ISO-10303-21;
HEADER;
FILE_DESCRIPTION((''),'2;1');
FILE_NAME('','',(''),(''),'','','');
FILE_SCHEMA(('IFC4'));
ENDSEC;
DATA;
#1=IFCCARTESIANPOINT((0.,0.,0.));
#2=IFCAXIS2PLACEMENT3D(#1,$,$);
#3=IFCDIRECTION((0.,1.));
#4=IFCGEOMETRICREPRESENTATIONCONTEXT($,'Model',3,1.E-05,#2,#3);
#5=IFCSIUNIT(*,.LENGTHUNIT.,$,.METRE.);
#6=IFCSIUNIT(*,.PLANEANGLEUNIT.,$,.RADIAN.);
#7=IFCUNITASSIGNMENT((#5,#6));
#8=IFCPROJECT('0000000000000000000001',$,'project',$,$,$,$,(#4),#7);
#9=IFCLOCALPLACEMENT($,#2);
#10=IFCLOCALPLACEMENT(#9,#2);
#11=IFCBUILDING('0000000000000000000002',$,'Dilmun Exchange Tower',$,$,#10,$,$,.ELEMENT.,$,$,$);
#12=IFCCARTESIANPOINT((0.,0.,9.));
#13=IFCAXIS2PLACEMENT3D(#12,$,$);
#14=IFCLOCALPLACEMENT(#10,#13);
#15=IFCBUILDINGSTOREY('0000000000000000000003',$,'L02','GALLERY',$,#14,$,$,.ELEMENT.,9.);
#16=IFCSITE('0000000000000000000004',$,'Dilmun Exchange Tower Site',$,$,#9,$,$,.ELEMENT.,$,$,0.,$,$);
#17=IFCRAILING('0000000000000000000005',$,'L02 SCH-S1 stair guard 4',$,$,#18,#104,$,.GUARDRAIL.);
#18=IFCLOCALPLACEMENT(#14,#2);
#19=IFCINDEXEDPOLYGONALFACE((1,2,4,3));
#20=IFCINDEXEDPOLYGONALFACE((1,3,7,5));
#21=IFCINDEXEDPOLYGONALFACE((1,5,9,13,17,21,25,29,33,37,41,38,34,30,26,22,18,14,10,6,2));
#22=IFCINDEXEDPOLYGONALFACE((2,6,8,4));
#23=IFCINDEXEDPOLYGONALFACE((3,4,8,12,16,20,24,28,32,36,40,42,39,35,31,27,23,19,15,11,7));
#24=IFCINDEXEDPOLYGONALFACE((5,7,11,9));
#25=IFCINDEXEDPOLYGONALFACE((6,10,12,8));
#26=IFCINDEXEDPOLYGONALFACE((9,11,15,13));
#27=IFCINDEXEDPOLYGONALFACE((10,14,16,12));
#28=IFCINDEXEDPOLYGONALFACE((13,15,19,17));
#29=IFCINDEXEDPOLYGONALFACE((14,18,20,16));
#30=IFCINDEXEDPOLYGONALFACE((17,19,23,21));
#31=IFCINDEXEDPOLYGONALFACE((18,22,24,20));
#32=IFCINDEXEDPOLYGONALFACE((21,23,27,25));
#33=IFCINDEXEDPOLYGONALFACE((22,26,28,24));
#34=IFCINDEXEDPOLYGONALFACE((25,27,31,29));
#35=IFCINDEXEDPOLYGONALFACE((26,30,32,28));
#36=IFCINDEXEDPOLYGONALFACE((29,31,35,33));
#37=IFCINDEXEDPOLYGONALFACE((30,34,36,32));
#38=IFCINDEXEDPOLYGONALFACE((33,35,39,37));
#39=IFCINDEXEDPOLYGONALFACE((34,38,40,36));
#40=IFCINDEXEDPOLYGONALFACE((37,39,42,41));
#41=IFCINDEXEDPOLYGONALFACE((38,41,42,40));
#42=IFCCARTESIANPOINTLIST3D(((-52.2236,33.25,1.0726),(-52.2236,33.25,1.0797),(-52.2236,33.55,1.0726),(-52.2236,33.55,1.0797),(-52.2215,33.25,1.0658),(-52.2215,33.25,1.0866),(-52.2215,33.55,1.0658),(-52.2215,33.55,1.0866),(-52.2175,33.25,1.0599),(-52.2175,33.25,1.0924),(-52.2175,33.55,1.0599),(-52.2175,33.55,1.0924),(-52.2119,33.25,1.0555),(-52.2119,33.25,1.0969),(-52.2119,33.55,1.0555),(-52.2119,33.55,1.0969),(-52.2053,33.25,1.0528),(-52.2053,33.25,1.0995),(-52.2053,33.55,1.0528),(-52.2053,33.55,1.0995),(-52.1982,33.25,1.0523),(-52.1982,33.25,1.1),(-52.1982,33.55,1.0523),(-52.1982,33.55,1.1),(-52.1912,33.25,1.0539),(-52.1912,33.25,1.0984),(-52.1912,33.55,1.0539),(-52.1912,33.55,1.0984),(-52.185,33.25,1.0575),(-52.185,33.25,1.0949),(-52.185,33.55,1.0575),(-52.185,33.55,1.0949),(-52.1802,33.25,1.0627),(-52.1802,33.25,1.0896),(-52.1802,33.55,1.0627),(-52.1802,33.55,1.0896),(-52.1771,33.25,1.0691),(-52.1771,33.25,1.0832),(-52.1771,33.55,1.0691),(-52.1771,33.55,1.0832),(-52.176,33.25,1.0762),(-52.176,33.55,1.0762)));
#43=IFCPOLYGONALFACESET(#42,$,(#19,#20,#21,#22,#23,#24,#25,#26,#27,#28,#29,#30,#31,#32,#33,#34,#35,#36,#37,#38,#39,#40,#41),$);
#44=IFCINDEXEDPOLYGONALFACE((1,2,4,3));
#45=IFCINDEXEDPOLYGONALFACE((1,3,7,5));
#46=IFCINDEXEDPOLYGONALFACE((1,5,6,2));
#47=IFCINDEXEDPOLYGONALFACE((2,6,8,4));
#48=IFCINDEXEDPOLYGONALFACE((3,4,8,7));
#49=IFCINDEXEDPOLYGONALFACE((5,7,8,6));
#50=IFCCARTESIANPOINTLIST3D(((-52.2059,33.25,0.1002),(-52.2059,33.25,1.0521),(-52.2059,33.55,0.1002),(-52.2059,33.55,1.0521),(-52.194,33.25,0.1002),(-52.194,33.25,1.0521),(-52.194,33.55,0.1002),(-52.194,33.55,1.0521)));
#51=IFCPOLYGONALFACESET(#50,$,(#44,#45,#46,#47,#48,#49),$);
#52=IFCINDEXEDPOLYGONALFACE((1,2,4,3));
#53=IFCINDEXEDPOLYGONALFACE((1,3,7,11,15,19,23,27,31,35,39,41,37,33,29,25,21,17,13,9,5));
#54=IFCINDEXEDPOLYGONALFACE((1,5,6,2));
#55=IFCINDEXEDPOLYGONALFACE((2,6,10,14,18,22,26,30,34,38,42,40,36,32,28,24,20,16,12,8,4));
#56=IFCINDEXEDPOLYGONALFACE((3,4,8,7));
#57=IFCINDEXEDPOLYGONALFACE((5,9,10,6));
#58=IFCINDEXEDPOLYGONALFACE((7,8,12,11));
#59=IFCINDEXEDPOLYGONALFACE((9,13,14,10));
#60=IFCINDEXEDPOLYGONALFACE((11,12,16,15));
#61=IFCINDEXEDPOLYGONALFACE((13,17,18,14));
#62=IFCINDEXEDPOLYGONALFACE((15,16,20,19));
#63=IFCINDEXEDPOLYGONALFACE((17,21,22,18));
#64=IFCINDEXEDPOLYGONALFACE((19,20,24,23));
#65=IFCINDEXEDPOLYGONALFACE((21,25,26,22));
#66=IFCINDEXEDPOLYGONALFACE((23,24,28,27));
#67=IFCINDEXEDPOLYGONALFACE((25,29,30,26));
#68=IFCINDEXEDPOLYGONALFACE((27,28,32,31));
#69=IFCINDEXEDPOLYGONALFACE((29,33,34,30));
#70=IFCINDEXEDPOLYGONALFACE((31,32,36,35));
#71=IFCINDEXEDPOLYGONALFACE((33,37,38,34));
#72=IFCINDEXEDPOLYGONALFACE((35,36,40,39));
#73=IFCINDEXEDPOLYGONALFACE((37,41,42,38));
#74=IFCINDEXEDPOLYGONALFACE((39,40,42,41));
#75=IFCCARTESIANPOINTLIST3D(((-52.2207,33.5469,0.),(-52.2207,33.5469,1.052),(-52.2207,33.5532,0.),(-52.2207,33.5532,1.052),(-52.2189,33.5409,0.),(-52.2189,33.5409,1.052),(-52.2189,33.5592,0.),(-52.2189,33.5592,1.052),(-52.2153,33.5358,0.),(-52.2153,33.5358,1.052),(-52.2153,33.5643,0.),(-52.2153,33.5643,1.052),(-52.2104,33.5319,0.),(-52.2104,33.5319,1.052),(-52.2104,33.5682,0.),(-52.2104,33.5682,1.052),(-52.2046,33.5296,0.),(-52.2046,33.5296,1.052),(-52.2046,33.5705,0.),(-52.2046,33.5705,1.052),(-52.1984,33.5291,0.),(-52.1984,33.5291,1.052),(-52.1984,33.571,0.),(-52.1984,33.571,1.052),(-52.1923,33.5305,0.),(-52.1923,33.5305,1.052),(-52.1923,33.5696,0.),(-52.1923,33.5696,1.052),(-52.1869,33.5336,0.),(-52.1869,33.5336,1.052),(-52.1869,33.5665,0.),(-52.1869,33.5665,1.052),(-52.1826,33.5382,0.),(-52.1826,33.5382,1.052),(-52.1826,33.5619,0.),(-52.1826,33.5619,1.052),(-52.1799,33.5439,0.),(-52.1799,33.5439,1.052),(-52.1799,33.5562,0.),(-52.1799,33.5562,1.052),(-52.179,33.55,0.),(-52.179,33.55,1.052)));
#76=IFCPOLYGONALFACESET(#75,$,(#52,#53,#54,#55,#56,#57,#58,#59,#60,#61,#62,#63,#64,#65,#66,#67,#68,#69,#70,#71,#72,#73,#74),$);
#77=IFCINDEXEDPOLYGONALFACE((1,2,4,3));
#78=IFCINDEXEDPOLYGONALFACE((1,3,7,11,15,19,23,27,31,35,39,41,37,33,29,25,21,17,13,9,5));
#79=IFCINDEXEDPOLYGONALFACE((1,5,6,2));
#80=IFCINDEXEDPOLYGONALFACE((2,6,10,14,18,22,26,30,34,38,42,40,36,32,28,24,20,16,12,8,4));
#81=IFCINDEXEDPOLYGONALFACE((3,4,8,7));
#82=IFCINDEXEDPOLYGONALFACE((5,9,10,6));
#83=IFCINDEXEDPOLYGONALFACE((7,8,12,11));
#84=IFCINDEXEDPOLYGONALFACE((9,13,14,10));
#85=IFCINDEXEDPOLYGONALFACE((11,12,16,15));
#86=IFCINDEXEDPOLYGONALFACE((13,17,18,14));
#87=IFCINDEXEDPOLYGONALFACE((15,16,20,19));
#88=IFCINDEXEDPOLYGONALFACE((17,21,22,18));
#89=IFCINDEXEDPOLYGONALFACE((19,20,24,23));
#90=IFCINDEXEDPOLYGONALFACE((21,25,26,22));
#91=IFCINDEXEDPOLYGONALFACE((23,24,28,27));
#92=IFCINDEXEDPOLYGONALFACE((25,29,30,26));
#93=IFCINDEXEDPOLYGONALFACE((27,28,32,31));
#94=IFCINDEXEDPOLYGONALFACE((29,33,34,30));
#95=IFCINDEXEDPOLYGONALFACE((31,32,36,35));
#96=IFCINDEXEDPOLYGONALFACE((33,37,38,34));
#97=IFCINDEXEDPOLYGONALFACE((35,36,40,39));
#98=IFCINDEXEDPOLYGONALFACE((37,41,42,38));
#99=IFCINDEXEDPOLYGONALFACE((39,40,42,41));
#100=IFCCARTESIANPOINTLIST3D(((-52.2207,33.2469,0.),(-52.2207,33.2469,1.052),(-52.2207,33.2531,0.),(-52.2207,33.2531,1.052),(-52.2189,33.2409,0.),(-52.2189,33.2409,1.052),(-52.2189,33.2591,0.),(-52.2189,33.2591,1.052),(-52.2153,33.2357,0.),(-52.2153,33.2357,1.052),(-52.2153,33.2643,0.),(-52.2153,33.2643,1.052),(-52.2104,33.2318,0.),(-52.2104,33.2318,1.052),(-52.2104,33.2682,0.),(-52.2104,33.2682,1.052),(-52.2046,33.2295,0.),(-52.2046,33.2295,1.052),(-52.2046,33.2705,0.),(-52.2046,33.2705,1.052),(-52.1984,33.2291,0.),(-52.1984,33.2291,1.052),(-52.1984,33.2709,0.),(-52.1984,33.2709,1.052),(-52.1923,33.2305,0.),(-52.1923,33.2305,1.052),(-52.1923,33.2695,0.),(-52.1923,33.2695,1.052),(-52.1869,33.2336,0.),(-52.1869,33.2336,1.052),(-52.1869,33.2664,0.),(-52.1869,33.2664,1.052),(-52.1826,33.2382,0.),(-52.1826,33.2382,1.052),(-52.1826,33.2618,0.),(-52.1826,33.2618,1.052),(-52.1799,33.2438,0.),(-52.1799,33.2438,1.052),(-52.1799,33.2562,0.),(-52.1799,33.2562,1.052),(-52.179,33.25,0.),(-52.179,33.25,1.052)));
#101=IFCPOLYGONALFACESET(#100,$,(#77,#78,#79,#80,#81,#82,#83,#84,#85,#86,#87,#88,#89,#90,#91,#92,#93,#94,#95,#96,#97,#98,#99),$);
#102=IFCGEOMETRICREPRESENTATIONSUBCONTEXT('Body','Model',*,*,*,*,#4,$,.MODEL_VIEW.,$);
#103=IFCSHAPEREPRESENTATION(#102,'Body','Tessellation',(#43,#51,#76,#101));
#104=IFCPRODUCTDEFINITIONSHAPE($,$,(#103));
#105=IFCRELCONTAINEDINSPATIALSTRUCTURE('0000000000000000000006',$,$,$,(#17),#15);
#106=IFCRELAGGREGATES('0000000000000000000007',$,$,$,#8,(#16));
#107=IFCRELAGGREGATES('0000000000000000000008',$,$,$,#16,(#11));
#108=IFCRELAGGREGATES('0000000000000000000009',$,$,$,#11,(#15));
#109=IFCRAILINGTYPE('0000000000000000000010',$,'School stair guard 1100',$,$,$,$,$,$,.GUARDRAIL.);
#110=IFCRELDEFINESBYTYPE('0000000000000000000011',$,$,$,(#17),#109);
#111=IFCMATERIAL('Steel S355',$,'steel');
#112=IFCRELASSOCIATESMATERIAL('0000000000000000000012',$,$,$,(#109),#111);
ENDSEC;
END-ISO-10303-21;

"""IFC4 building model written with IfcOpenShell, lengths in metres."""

from ifc_helpers import new_model, si_unit, direction, frame, origin, origin_2d, place, context, subcontext, project, spatial, rectangle, circle, extrude, material, type_object, element, save


model = new_model("IFC4")

# Units and contexts
model_context = context("Model", 3, precision=1e-05, world=origin(), true_north=direction((0.0, 1.0)))
body_context = subcontext(model_context, "Body", "Model", "MODEL_VIEW")
ifc_project = project(units=[si_unit("LENGTHUNIT", "METRE"), si_unit("PLANEANGLEUNIT", "RADIAN")], contexts=[model_context])

# Site, building, storey
site_placement = place(None, origin())
site = spatial("IfcSite", under=ifc_project, at=site_placement, Name="Dilmun Exchange Tower Site", CompositionType="ELEMENT", RefElevation=0.0)
building_placement = place(site_placement, origin())
building = spatial("IfcBuilding", under=site, at=building_placement, Name="Dilmun Exchange Tower", CompositionType="ELEMENT")
storey_placement = place(building_placement, frame((0.0, 0.0, 9.0)))
storey = spatial("IfcBuildingStorey", under=building, at=storey_placement, Name="L02", Description="GALLERY", CompositionType="ELEMENT", Elevation=9.0)

# Railing
ifc_material_1 = material(Name="Steel S355", Category="steel")
railing_type_1 = type_object("IfcRailingType", Name="School stair guard 1100", PredefinedType="GUARDRAIL", material=ifc_material_1)
railing_1_placement = place(storey_placement, frame((-52.2, 33.55, 0.0)))
element("IfcRailing", 1, at=railing_1_placement, inside=storey, type_object=railing_type_1, Name="L02 SCH-S1 stair guard 4", PredefinedType="GUARDRAIL", context=body_context, shape_type="SweptSolid", body=[
    extrude(circle(Radius=0.0239, at=origin_2d()), frame((0.0, 0.0, 1.0762), z_axis=(0.0, -1.0, 0.0), x_axis=(1.0, 0.0, 0.0)), (0.0, 0.0, 1.0), 0.3),
    extrude(rectangle(XDim=0.012, YDim=0.9519, at=origin_2d()), frame((0.0, 0.0, 0.5762), z_axis=(0.0, -1.0, 0.0), x_axis=(1.0, 0.0, 0.0)), (0.0, 0.0, 1.0), 0.3),
    extrude(circle(Radius=0.021, at=origin_2d()), origin(), (0.0, 0.0, 1.0), 1.052),
    extrude(circle(Radius=0.021, at=origin_2d()), frame((0.0, -0.3, 0.0)), (0.0, 0.0, 1.0), 1.052),
])

save(model, "model.ifc")
